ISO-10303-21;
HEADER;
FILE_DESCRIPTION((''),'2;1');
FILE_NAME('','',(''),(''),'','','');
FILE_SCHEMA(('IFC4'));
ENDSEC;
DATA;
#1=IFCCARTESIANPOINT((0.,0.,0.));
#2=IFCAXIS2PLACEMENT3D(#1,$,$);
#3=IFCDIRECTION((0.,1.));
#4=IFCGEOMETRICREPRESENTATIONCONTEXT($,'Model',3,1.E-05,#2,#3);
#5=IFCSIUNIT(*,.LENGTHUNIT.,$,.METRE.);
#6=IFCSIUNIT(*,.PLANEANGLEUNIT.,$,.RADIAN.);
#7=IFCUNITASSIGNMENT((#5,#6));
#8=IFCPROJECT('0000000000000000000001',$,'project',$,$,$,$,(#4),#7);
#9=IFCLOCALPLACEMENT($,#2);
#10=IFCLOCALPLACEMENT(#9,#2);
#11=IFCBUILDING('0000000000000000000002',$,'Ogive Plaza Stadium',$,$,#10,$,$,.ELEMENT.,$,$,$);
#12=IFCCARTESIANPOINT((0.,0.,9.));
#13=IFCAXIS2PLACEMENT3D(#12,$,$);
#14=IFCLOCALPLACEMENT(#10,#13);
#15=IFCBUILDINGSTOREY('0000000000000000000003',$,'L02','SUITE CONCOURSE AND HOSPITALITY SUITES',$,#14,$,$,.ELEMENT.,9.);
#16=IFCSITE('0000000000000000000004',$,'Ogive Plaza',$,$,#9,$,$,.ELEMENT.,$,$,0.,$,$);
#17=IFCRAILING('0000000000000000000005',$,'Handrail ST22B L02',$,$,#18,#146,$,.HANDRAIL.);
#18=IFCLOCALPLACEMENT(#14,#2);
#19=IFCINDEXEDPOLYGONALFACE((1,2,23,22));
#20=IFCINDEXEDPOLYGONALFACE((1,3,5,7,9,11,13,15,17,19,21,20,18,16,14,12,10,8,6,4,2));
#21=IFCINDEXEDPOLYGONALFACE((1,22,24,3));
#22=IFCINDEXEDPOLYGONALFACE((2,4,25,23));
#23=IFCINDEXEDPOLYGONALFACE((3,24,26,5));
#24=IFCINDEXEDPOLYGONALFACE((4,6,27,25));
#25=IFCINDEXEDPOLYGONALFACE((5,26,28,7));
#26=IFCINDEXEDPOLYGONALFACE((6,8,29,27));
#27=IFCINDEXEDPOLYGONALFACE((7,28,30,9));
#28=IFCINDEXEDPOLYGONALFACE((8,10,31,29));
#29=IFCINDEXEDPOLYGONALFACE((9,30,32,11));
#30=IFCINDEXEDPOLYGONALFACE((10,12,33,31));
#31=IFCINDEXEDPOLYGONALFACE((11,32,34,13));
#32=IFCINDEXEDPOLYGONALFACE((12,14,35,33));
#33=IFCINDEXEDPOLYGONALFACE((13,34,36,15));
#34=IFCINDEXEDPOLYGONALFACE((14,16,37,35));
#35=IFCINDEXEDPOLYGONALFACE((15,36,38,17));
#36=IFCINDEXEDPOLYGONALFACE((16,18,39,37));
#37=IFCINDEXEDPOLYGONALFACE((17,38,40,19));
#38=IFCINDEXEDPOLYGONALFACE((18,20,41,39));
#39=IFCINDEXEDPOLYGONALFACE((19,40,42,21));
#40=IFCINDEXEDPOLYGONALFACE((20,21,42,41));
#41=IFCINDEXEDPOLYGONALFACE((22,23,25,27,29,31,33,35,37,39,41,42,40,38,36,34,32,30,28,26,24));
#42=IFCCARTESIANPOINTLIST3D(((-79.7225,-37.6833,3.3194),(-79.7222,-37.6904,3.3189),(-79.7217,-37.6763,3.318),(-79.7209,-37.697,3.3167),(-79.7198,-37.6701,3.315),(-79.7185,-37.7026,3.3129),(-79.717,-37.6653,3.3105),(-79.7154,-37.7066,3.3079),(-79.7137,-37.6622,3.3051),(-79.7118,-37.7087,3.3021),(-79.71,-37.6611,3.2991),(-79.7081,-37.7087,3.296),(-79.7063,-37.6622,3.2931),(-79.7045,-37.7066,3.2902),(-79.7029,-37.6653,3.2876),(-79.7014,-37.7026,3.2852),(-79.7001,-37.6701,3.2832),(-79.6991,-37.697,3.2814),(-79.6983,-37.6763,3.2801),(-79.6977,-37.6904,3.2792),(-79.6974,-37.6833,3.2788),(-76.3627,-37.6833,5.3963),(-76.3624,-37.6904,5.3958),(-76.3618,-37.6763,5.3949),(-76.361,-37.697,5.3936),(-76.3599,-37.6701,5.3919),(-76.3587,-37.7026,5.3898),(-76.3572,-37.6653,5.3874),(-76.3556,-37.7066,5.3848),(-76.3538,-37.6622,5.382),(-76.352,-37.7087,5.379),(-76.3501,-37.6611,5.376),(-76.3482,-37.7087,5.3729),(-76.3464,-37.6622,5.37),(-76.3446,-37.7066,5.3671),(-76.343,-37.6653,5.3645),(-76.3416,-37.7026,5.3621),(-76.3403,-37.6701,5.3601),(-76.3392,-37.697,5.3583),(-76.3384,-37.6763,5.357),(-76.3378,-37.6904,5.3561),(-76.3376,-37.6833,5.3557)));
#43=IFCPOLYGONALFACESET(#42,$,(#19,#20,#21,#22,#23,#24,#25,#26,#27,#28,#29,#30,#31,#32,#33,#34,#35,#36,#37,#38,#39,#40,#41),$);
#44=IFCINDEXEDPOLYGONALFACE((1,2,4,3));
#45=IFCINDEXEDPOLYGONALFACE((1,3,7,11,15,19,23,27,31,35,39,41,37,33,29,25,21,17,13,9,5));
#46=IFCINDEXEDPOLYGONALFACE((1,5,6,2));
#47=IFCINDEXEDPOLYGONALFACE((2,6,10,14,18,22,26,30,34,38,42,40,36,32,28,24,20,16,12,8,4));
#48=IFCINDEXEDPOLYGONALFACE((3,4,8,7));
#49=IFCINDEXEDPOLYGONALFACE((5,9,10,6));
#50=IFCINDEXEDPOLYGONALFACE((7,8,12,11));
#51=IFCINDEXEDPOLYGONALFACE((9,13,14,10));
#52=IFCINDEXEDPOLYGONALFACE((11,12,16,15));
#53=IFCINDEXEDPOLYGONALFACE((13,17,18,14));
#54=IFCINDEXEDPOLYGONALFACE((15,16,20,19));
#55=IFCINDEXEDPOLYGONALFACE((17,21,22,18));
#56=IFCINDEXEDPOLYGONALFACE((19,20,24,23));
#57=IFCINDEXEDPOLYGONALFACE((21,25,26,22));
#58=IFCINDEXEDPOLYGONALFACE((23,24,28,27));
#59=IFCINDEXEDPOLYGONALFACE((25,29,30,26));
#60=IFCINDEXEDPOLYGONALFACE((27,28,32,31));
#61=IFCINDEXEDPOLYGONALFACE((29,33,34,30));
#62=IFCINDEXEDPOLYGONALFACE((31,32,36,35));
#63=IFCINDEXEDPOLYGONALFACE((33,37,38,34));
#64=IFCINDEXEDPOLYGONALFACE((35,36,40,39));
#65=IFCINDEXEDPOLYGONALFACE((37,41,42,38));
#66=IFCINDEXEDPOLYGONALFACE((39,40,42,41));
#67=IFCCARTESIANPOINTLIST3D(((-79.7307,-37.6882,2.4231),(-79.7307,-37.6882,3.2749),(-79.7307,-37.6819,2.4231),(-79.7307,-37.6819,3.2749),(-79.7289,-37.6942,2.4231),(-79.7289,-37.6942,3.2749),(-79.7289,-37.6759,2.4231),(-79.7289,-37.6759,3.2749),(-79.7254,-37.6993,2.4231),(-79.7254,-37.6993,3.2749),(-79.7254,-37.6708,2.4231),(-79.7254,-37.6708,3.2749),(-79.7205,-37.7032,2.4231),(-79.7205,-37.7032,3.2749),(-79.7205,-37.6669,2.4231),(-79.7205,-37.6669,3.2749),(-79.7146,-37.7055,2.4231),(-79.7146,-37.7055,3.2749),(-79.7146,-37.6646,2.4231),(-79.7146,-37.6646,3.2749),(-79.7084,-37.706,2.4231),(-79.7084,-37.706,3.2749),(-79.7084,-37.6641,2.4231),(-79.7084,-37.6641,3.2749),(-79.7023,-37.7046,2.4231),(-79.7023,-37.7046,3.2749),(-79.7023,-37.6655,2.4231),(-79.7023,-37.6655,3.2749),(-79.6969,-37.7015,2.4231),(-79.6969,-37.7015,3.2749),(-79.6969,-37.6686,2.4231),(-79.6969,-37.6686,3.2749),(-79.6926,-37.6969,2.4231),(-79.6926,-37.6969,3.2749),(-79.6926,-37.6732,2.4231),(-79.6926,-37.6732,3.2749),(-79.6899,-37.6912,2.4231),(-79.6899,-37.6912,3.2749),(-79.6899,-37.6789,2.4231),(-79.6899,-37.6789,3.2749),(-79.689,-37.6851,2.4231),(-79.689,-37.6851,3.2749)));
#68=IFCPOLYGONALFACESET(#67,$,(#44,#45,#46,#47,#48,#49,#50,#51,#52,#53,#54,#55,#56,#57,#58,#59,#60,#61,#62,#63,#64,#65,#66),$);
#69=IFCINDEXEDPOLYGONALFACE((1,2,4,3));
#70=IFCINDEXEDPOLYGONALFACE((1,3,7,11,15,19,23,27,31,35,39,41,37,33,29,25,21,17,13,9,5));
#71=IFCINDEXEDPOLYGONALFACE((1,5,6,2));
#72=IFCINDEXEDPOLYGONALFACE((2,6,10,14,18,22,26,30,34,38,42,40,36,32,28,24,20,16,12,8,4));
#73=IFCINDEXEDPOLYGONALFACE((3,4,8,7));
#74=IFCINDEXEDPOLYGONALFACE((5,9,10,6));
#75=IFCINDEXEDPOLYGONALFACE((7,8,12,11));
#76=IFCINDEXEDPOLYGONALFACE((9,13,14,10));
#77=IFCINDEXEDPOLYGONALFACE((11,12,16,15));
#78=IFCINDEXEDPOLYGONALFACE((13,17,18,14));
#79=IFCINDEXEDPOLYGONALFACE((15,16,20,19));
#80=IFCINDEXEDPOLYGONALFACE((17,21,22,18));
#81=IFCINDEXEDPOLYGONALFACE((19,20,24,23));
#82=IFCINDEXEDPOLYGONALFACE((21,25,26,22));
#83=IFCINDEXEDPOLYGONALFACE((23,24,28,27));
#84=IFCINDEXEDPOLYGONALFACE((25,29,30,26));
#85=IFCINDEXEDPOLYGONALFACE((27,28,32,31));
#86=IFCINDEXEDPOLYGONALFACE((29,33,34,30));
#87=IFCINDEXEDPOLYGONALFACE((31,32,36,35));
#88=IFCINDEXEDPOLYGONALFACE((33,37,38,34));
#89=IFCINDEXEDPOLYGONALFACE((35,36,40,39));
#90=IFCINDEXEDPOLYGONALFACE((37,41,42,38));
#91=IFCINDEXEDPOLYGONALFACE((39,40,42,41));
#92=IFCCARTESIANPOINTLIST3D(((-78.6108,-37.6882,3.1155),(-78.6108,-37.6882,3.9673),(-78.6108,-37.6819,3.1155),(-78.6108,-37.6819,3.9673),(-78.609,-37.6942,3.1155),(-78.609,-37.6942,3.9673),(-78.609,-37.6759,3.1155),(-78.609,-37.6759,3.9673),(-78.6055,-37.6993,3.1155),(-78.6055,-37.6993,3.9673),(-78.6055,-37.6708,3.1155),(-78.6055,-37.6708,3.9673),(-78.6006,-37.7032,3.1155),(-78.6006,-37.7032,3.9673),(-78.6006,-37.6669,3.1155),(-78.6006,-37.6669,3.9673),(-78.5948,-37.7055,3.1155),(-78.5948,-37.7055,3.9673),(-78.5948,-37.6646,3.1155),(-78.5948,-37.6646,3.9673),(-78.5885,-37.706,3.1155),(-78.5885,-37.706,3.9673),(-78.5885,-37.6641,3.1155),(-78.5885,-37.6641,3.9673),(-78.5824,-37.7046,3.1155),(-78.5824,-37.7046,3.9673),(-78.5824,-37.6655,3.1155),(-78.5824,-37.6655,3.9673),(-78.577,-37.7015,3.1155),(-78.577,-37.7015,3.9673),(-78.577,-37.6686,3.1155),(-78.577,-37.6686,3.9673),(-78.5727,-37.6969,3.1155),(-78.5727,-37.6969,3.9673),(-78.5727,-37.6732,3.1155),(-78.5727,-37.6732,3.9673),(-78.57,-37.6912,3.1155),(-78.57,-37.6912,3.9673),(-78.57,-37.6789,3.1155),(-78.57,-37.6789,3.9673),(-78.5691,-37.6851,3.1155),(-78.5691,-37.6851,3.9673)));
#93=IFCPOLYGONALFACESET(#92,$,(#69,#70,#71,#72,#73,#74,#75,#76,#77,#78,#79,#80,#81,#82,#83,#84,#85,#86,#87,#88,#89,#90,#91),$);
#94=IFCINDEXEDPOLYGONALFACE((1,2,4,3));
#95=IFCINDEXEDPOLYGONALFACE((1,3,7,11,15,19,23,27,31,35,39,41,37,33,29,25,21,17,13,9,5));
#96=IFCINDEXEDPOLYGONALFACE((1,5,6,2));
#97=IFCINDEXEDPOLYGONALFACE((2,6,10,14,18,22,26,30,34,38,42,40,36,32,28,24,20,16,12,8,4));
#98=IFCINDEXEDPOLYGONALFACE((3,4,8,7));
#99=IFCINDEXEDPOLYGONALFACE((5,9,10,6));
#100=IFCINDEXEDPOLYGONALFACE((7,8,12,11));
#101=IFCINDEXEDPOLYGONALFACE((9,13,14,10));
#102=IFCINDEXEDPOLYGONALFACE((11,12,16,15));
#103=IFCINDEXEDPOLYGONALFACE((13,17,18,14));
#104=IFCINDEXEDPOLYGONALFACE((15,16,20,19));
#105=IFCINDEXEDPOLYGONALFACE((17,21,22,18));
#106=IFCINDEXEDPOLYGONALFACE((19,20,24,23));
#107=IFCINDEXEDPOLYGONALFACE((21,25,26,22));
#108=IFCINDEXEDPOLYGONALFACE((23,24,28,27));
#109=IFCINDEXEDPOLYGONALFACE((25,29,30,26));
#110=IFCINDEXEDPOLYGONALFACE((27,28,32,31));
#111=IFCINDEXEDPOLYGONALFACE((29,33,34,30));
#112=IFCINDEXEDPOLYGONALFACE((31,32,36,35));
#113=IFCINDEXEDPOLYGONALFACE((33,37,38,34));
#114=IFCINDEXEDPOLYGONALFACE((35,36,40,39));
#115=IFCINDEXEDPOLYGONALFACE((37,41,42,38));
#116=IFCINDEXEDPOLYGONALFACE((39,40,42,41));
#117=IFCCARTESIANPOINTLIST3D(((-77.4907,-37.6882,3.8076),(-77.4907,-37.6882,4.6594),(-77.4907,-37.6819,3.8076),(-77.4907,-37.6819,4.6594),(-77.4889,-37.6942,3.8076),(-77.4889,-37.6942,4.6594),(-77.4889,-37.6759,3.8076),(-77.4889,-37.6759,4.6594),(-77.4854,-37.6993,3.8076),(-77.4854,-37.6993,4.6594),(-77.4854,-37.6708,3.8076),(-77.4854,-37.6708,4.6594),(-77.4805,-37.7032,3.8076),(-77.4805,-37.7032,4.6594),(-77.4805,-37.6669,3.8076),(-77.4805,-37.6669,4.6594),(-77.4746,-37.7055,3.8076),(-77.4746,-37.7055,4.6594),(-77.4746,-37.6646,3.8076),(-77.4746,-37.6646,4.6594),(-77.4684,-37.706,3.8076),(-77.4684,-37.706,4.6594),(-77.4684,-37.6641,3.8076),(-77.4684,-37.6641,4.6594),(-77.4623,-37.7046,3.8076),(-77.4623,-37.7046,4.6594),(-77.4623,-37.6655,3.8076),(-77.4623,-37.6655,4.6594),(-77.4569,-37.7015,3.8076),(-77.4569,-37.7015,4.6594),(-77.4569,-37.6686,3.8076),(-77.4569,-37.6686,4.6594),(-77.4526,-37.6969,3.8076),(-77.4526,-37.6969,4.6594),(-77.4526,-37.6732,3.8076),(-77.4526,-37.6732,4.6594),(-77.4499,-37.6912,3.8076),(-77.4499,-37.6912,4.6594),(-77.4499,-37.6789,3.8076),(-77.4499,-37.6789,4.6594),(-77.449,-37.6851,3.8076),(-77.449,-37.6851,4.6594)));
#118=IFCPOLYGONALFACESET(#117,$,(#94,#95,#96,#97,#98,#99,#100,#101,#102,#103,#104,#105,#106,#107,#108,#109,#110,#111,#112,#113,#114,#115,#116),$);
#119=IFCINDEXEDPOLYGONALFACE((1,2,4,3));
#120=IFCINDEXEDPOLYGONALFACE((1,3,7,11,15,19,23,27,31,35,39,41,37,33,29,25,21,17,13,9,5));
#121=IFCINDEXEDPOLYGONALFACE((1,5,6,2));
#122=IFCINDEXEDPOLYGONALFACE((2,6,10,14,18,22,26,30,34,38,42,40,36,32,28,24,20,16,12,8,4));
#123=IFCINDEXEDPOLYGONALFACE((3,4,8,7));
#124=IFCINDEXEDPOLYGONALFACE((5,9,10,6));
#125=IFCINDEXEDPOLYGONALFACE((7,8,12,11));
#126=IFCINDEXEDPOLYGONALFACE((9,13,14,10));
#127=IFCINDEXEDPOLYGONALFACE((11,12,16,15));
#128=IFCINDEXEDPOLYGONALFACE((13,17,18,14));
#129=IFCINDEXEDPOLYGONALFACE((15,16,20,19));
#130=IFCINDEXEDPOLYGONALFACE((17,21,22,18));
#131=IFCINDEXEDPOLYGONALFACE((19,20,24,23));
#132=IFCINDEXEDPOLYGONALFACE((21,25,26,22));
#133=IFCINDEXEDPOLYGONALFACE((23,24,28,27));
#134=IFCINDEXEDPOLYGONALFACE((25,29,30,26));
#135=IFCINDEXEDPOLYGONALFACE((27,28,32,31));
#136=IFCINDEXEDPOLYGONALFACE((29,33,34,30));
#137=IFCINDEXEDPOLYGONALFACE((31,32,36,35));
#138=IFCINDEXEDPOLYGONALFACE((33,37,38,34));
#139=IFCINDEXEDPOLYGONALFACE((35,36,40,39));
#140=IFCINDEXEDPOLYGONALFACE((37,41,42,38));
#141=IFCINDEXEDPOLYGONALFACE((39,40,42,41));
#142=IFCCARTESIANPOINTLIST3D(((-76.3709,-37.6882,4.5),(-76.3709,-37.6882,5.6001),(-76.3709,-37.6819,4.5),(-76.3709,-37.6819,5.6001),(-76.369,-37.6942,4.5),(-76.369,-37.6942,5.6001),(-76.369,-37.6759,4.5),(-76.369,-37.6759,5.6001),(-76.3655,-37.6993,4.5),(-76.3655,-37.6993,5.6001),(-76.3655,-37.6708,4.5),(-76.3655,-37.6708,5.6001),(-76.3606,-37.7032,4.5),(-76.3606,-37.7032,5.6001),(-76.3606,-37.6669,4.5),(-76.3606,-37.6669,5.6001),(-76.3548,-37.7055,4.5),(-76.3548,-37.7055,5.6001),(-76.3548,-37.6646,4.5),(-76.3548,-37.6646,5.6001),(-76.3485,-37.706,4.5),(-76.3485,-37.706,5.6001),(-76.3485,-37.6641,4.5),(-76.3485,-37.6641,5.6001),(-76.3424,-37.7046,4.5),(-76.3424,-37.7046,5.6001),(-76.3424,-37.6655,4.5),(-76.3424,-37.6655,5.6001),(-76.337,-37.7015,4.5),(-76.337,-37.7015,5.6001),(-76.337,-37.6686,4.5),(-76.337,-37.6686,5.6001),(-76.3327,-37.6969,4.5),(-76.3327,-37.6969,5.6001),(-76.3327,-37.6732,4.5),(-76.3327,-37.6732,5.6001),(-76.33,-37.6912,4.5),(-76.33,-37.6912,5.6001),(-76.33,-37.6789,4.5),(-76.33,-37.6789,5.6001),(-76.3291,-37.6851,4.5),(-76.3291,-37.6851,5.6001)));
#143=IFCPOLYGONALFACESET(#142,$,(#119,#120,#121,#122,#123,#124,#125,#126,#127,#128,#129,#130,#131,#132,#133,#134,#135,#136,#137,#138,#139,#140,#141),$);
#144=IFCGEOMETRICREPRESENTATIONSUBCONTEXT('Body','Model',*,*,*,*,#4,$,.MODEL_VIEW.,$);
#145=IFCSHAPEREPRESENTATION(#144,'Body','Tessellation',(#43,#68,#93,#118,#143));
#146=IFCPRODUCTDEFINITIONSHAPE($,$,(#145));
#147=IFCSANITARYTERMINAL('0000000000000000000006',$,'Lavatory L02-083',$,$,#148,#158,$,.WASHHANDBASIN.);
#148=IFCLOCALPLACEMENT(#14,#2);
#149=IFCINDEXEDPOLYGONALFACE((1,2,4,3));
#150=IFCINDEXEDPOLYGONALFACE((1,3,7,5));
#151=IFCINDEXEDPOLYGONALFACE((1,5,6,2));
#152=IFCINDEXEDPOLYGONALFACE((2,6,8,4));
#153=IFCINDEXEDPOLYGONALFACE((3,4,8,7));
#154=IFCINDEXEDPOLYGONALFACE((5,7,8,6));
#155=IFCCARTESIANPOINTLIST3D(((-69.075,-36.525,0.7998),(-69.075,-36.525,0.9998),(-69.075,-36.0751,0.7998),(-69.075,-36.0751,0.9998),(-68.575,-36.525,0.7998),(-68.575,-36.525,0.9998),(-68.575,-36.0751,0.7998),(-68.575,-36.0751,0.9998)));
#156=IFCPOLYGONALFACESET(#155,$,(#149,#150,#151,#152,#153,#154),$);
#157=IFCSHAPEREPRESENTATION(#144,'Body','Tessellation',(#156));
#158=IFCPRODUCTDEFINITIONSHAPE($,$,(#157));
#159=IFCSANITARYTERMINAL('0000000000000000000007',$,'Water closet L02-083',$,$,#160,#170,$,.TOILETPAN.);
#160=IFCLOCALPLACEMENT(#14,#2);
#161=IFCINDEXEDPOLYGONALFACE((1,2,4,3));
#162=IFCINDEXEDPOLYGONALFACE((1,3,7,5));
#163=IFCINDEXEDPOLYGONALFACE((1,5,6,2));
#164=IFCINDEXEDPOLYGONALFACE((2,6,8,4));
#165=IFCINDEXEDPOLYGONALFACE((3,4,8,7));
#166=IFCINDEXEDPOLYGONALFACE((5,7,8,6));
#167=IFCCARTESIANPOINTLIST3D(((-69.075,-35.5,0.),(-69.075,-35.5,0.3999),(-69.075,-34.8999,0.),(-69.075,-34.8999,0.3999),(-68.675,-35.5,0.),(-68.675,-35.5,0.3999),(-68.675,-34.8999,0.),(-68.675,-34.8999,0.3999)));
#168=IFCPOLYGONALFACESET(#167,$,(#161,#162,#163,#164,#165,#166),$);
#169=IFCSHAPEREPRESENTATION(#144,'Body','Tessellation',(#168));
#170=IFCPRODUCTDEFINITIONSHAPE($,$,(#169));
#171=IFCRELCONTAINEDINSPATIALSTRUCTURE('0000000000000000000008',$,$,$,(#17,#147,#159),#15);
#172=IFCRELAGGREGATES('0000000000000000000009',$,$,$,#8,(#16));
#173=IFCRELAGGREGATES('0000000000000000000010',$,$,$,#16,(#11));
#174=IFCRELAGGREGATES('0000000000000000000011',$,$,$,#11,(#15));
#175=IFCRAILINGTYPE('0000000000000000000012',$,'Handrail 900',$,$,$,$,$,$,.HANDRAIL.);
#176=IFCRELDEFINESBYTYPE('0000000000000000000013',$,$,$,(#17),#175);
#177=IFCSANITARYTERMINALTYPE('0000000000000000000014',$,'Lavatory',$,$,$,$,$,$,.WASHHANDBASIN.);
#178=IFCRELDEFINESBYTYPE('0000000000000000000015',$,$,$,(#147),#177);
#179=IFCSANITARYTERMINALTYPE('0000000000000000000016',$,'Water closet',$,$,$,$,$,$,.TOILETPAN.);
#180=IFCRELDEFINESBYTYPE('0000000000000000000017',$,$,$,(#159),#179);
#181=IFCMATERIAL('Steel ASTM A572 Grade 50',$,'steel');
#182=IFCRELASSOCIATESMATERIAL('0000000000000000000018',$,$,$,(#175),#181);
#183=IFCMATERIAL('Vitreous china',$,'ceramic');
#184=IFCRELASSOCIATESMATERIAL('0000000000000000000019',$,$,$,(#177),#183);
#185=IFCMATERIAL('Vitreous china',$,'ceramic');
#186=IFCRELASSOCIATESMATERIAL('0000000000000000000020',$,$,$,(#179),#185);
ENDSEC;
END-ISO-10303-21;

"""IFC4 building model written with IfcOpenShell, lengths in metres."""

from ifc_helpers import new_model, si_unit, direction, frame, origin, origin_2d, place, context, subcontext, project, spatial, rectangle, circle, extrude, material, type_object, element, save


model = new_model("IFC4")

# Units and contexts
model_context = context("Model", 3, precision=1e-05, world=origin(), true_north=direction((0.0, 1.0)))
body_context = subcontext(model_context, "Body", "Model", "MODEL_VIEW")
ifc_project = project(units=[si_unit("LENGTHUNIT", "METRE"), si_unit("PLANEANGLEUNIT", "RADIAN")], contexts=[model_context])

# Site, building, storey
site_placement = place(None, origin())
site = spatial("IfcSite", under=ifc_project, at=site_placement, Name="Ogive Plaza", CompositionType="ELEMENT", RefElevation=0.0)
building_placement = place(site_placement, origin())
building = spatial("IfcBuilding", under=site, at=building_placement, Name="Ogive Plaza Stadium", CompositionType="ELEMENT")
storey_placement = place(building_placement, frame((0.0, 0.0, 9.0)))
storey = spatial("IfcBuildingStorey", under=building, at=storey_placement, Name="L02", Description="SUITE CONCOURSE AND HOSPITALITY SUITES", CompositionType="ELEMENT", Elevation=9.0)

# Railing
ifc_material_1 = material(Name="Steel ASTM A572 Grade 50", Category="steel")
railing_type_1 = type_object("IfcRailingType", Name="Handrail 900", PredefinedType="HANDRAIL", material=ifc_material_1)
for number, where, name in (
    (1, (-79.71, -37.6851, 2.4231), "Handrail ST22B L02"),
):
    element("IfcRailing", number, at=place(storey_placement, frame(where)), inside=storey, type_object=railing_type_1, Name=name, PredefinedType="HANDRAIL", context=body_context, shape_type="SweptSolid", body=[
        extrude(circle(Radius=0.0239, at=origin_2d()), frame((0.0, 0.0, 0.876), z_axis=(0.850606, 0.0, 0.525803), x_axis=(0.0, 1.0, 0.0)), (0.0, 0.0, 1.0), 3.95),
        extrude(circle(Radius=0.021, at=origin_2d()), origin(), (0.0, 0.0, 1.0), 0.8518),
        extrude(circle(Radius=0.021, at=origin_2d()), frame((1.1199, 0.0, 0.6924)), (0.0, 0.0, 1.0), 0.8518),
        extrude(circle(Radius=0.021, at=origin_2d()), frame((2.24, 0.0, 1.3845)), (0.0, 0.0, 1.0), 0.8518),
        extrude(circle(Radius=0.021, at=origin_2d()), frame((3.3599, 0.0, 2.0769)), (0.0, 0.0, 1.0), 1.1001),
    ])

# Sanitary terminals
ifc_material_2 = material(Name="Vitreous china", Category="ceramic")
sanitary_terminal_type_1 = type_object("IfcSanitaryTerminalType", Name="Lavatory", PredefinedType="WASHHANDBASIN", material=ifc_material_2)
sanitary_terminal_1_placement = place(storey_placement, frame((-68.825, -36.3, 0.7998), z_axis=(0.0, 0.0, 1.0), x_axis=(1.0, 0.0, 0.0)))
element("IfcSanitaryTerminal", 2, at=sanitary_terminal_1_placement, inside=storey, type_object=sanitary_terminal_type_1, Name="Lavatory L02-083", PredefinedType="WASHHANDBASIN", context=body_context, shape_type="SweptSolid", body=[
    extrude(rectangle(XDim=0.5, YDim=0.45, at=origin_2d()), origin(), (0.0, 0.0, 1.0), 0.2),
])
ifc_material_3 = material(Name="Vitreous china", Category="ceramic")
sanitary_terminal_type_2 = type_object("IfcSanitaryTerminalType", Name="Water closet", PredefinedType="TOILETPAN", material=ifc_material_3)
sanitary_terminal_2_placement = place(storey_placement, frame((-68.875, -35.2, 0.0), z_axis=(0.0, 0.0, 1.0), x_axis=(1.0, 0.0, 0.0)))
element("IfcSanitaryTerminal", 3, at=sanitary_terminal_2_placement, inside=storey, type_object=sanitary_terminal_type_2, Name="Water closet L02-083", PredefinedType="TOILETPAN", context=body_context, shape_type="SweptSolid", body=[
    extrude(rectangle(XDim=0.3999, YDim=0.6001, at=origin_2d()), origin(), (0.0, 0.0, 1.0), 0.3999),
])

save(model, "model.ifc")
